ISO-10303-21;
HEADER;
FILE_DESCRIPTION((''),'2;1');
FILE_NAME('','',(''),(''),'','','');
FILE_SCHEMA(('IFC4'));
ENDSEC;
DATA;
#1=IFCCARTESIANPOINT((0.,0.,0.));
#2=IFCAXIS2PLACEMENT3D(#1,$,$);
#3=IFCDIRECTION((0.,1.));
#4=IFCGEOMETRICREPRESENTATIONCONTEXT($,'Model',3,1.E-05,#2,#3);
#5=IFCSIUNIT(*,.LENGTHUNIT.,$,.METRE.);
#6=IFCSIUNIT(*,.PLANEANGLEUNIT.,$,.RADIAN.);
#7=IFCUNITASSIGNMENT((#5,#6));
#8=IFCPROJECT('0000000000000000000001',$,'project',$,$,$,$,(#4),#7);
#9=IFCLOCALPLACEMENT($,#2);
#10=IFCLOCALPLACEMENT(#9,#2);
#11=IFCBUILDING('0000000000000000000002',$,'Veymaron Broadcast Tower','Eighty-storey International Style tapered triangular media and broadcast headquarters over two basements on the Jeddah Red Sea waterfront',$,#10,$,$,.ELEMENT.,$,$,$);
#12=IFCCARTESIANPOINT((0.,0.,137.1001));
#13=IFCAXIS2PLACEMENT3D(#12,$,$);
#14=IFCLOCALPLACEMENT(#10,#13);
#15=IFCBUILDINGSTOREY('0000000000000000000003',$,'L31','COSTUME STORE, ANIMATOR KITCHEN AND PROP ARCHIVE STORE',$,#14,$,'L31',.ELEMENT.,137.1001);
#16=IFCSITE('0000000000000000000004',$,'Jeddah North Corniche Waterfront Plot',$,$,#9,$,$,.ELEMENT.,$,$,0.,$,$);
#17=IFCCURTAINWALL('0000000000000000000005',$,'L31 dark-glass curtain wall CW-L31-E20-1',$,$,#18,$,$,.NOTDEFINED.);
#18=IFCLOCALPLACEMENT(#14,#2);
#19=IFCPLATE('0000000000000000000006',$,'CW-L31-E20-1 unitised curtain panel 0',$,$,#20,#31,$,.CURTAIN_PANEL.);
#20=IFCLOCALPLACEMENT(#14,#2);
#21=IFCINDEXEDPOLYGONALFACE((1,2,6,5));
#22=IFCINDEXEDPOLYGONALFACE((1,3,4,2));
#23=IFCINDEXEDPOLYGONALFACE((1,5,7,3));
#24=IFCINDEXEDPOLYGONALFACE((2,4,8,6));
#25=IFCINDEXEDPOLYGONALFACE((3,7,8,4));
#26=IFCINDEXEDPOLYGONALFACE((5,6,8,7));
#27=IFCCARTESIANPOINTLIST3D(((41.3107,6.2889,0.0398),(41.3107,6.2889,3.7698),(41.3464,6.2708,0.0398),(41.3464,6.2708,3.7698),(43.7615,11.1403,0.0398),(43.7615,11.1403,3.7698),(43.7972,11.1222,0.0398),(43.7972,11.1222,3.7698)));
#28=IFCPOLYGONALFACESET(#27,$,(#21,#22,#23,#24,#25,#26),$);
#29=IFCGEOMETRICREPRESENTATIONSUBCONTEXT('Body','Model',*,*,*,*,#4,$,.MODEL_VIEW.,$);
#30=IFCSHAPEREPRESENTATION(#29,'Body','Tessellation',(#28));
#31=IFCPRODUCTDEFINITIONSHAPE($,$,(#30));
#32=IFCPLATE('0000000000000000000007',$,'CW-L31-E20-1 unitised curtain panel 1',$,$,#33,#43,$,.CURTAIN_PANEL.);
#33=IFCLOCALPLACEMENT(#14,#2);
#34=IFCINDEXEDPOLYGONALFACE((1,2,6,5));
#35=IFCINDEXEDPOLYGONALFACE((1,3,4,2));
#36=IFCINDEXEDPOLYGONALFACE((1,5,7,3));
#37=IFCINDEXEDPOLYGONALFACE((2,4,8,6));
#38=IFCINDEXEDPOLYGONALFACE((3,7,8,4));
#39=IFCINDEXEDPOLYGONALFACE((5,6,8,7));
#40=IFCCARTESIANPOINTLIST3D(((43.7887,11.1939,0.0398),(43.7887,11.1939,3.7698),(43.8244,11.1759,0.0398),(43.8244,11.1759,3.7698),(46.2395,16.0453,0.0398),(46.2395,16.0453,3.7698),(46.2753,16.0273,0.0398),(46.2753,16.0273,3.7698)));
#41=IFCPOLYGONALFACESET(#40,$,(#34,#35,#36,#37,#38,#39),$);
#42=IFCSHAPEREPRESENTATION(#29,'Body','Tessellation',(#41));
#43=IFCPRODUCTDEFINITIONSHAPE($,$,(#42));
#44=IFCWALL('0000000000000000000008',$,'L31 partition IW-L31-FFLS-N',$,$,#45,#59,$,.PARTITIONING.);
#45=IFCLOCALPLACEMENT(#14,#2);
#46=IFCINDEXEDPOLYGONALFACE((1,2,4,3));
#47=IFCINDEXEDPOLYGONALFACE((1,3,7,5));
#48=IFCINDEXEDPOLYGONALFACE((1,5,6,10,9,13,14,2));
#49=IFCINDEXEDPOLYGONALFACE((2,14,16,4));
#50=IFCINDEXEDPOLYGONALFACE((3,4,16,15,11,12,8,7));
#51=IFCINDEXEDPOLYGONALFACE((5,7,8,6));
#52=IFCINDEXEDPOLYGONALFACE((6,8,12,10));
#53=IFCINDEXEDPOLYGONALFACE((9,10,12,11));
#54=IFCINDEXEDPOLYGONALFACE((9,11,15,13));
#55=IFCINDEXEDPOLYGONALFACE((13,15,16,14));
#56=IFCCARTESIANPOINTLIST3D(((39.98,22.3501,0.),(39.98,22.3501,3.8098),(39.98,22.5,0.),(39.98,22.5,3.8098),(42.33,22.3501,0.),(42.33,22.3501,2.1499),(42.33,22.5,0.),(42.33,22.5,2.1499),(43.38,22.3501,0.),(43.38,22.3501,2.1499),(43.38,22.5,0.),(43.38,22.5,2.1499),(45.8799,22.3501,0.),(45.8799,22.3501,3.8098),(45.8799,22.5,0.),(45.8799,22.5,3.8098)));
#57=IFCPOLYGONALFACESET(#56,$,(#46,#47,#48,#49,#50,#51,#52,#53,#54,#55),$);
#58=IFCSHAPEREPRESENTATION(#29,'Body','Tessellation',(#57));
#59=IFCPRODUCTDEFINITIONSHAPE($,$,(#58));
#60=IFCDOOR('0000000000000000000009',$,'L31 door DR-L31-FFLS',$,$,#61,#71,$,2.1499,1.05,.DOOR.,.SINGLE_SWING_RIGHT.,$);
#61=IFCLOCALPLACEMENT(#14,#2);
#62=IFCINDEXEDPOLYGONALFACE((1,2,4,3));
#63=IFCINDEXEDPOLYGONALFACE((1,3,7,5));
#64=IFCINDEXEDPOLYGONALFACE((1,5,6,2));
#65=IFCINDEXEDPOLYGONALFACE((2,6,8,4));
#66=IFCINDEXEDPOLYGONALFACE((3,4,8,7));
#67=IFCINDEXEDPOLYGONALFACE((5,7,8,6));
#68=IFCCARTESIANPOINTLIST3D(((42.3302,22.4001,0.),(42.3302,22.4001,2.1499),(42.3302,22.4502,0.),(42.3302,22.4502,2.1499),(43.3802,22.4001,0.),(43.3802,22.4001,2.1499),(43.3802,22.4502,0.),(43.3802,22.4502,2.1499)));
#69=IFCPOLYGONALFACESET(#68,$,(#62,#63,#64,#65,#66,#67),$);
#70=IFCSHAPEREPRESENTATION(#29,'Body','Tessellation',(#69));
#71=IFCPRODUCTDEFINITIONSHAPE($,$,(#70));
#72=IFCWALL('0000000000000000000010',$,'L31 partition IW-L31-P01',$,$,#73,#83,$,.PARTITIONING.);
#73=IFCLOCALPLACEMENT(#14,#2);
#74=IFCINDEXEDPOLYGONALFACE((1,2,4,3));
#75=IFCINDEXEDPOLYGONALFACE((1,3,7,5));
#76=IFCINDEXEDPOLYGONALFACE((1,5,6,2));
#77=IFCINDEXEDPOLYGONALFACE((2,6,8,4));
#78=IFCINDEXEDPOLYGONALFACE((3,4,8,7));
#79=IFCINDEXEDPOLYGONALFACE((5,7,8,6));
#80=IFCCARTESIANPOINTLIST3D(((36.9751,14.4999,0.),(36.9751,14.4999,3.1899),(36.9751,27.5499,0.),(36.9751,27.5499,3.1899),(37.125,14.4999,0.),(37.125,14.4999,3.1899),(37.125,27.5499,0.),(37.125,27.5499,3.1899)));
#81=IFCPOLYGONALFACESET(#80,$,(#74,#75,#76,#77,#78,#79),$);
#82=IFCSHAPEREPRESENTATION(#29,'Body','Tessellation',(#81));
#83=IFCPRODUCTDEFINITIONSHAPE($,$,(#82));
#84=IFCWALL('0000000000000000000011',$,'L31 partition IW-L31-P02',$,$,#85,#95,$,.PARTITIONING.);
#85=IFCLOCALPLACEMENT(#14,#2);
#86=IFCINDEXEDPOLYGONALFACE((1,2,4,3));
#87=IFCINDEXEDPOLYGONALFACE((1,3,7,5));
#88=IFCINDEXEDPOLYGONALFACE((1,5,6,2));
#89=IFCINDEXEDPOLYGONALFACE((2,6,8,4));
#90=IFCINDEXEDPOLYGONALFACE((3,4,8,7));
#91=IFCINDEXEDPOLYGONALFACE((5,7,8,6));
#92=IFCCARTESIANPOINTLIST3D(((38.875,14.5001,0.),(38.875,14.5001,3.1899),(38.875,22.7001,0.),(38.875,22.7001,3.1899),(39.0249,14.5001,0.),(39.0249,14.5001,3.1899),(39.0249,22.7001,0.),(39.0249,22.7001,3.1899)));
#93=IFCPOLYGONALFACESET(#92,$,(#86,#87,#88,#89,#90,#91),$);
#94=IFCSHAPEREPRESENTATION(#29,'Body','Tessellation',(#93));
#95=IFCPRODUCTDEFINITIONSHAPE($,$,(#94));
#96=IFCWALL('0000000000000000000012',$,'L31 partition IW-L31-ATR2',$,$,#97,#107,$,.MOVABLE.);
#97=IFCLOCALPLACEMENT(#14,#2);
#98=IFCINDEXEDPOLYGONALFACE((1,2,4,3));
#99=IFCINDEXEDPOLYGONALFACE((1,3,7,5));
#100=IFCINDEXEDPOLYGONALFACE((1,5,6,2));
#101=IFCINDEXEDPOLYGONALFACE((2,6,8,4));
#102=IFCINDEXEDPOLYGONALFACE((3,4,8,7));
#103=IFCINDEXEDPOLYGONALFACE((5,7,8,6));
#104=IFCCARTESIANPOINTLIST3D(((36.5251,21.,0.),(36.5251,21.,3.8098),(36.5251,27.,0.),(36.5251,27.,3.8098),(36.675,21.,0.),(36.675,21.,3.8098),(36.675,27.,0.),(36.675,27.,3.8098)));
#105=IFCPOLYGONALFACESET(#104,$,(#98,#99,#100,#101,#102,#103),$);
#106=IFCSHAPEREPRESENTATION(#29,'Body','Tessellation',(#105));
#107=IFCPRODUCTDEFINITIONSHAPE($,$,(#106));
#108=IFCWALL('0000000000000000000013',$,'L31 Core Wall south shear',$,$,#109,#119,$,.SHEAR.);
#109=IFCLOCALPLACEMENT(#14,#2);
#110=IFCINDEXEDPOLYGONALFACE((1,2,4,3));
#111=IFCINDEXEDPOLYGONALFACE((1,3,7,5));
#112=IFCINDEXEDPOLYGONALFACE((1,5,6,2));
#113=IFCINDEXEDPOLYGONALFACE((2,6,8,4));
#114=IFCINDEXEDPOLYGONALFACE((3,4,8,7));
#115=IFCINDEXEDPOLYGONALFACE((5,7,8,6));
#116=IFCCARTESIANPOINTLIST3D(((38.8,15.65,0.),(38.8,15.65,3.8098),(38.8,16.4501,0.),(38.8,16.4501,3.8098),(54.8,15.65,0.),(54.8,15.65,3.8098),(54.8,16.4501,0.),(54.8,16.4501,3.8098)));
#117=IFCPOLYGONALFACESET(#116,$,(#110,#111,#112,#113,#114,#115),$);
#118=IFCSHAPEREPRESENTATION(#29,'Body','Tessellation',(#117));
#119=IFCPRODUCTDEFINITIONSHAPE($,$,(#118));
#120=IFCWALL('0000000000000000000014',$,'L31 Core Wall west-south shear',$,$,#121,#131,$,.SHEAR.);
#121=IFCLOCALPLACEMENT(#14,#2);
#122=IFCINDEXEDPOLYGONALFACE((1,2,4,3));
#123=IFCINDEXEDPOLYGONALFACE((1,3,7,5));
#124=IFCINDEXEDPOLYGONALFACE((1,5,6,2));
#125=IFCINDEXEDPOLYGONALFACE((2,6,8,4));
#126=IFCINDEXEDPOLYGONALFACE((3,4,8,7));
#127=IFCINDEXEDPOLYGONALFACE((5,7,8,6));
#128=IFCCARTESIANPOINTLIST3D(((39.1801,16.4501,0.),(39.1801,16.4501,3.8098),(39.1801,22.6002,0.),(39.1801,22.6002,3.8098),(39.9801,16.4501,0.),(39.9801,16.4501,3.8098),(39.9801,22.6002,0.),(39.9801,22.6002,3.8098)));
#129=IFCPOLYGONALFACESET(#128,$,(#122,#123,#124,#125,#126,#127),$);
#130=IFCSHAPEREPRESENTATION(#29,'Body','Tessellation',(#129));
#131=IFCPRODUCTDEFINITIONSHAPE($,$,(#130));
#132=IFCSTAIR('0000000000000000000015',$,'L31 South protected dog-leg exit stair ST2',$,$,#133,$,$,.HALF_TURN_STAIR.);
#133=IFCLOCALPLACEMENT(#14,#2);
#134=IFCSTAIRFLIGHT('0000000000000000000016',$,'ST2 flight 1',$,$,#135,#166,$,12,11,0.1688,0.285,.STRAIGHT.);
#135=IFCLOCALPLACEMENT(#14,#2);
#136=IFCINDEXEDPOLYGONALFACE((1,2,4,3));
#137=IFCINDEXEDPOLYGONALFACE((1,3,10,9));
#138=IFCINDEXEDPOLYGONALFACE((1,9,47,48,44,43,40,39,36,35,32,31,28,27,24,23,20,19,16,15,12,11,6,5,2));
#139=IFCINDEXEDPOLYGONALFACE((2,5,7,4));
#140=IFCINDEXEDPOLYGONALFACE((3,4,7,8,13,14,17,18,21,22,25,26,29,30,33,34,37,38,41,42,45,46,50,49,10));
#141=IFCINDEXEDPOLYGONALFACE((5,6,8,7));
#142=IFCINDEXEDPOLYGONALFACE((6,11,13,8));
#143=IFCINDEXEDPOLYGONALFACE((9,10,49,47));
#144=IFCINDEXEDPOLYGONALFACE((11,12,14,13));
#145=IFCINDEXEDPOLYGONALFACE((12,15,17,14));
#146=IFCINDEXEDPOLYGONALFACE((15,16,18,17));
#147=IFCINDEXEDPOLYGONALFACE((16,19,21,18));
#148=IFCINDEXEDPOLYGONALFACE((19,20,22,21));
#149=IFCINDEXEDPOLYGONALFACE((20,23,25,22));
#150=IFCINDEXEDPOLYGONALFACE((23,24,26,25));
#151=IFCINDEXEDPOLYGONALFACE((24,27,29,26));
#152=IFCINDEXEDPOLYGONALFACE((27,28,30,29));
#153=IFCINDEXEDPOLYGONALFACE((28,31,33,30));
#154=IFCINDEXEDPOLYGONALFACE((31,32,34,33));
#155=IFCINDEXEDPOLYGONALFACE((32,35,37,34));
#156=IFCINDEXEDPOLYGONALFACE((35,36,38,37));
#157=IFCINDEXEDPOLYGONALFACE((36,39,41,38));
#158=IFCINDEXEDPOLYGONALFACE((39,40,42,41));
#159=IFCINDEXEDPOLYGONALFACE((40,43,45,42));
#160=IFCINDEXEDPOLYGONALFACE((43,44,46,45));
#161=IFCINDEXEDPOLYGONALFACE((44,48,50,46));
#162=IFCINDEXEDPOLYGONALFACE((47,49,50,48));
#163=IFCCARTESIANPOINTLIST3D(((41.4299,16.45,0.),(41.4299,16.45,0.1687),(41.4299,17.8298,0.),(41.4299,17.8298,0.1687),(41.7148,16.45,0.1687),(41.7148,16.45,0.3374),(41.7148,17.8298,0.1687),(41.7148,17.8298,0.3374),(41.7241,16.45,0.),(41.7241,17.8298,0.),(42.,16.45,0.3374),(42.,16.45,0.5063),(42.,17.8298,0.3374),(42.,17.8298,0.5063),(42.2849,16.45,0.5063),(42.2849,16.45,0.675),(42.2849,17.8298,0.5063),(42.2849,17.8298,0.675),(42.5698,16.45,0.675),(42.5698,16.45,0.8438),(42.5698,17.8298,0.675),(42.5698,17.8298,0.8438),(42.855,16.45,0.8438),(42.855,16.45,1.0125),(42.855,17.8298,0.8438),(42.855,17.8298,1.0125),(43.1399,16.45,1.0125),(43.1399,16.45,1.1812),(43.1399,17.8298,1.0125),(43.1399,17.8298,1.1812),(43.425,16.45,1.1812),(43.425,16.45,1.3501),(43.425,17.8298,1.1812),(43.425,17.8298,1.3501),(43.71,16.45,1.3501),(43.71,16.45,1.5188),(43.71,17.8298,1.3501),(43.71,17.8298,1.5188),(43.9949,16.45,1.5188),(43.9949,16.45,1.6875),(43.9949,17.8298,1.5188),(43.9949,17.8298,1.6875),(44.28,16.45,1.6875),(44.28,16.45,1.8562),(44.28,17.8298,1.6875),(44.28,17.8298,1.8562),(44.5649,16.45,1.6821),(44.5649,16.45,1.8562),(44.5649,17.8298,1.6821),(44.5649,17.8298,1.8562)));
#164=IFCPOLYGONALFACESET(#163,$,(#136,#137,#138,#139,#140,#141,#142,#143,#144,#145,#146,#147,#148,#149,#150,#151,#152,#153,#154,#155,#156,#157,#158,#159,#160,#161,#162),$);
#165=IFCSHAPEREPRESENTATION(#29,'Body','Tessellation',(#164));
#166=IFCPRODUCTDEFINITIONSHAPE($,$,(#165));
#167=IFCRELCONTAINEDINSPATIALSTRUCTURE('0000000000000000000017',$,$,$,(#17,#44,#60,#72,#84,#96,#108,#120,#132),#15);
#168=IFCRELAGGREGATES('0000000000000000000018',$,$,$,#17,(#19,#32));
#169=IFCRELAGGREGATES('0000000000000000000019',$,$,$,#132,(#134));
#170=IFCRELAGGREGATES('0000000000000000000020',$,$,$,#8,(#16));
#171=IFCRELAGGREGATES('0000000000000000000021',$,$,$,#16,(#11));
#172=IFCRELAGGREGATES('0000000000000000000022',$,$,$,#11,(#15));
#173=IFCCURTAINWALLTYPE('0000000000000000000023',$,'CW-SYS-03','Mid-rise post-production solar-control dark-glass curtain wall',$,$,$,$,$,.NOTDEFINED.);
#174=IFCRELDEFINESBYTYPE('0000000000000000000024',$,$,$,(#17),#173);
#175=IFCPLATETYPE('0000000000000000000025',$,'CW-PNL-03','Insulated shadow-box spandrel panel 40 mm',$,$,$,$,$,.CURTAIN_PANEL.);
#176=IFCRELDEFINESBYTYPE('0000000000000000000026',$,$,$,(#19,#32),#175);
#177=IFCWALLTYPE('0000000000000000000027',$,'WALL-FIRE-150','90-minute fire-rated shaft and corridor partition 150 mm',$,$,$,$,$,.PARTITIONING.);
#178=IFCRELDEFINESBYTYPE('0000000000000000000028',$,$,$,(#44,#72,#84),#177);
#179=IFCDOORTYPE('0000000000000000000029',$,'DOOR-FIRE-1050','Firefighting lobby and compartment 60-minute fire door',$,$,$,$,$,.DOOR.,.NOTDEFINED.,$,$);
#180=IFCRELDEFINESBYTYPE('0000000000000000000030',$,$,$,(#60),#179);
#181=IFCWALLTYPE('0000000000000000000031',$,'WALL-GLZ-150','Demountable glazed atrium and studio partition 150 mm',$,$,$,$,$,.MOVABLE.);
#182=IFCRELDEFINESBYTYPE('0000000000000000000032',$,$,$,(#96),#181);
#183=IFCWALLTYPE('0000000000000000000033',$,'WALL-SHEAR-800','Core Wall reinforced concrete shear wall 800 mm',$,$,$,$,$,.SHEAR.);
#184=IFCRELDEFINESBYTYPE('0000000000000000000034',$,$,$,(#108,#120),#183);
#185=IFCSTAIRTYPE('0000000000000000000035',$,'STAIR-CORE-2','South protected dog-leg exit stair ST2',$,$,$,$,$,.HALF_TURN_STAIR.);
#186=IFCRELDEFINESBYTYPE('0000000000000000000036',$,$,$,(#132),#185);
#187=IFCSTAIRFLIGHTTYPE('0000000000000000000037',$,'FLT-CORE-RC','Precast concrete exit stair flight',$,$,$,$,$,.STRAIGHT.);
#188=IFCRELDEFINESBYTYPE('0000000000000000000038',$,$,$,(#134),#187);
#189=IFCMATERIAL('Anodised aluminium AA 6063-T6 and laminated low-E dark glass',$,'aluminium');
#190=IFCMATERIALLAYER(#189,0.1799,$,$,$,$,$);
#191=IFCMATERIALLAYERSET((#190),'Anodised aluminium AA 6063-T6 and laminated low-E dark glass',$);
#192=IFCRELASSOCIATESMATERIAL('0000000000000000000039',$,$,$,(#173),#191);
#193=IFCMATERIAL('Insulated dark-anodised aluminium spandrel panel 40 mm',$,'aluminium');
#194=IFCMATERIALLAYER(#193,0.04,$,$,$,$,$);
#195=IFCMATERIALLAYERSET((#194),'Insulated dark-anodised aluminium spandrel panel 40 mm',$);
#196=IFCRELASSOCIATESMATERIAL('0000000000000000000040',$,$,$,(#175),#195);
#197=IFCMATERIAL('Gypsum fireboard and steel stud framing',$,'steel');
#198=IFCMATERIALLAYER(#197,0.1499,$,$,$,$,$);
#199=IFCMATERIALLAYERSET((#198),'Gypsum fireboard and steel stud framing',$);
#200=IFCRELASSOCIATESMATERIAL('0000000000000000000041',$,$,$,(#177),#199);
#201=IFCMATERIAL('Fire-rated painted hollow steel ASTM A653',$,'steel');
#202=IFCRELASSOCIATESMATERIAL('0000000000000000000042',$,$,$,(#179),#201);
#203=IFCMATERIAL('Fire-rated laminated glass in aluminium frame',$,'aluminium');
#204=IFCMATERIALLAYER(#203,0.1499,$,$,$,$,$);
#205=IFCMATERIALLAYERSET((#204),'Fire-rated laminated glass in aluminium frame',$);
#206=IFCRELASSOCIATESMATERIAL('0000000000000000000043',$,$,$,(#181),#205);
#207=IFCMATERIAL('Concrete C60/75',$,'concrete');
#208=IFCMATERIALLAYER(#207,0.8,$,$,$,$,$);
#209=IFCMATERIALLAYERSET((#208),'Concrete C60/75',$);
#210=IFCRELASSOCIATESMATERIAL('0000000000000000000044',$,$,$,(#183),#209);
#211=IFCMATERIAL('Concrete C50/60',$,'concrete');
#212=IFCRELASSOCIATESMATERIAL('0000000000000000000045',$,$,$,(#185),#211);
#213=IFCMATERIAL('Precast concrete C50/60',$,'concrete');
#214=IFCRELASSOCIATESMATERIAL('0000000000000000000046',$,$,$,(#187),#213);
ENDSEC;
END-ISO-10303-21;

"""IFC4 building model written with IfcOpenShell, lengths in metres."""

from ifc_helpers import new_model, si_unit, direction, frame, frame_2d, origin, origin_2d, place, context, subcontext, project, spatial, polyline, rectangle, outline, extrude, material, layer, layer_set, type_object, element, fill, aggregate, save


model = new_model("IFC4")

# Units and contexts
model_context = context("Model", 3, precision=1e-05, world=origin(), true_north=direction((0.0, 1.0)))
body_context = subcontext(model_context, "Body", "Model", "MODEL_VIEW")
ifc_project = project(units=[si_unit("LENGTHUNIT", "METRE"), si_unit("PLANEANGLEUNIT", "RADIAN")], contexts=[model_context])

# Site, building, storey
site_placement = place(None, origin())
site = spatial("IfcSite", under=ifc_project, at=site_placement, Name="Jeddah North Corniche Waterfront Plot", CompositionType="ELEMENT", RefElevation=0.0)
building_placement = place(site_placement, origin())
building = spatial("IfcBuilding", under=site, at=building_placement, Name="Veymaron Broadcast Tower", Description="Eighty-storey International Style tapered triangular media and broadcast headquarters over two basements on the Jeddah Red Sea waterfront", CompositionType="ELEMENT")
storey_placement = place(building_placement, frame((0.0, 0.0, 137.1001)))
storey = spatial("IfcBuildingStorey", under=building, at=storey_placement, Name="L31", Description="COSTUME STORE, ANIMATOR KITCHEN AND PROP ARCHIVE STORE", LongName="L31", CompositionType="ELEMENT", Elevation=137.1001)

# Curtain wall, plates
ifc_material_1 = material(Name="Anodised aluminium AA 6063-T6 and laminated low-E dark glass", Category="aluminium")
ifc_layer_1 = layer(ifc_material_1, 0.1799)
ifc_layer_set_1 = layer_set([ifc_layer_1], Name="Anodised aluminium AA 6063-T6 and laminated low-E dark glass")
curtain_wall_type = type_object("IfcCurtainWallType", Name="CW-SYS-03", Description="Mid-rise post-production solar-control dark-glass curtain wall", PredefinedType="NOTDEFINED", material=ifc_layer_set_1)
curtain_wall_placement = place(storey_placement, origin())
curtain_wall = element("IfcCurtainWall", 1, at=curtain_wall_placement, inside=storey, type_object=curtain_wall_type, Name="L31 dark-glass curtain wall CW-L31-E20-1", PredefinedType="NOTDEFINED")
ifc_material_2 = material(Name="Insulated dark-anodised aluminium spandrel panel 40 mm", Category="aluminium")
ifc_layer_2 = layer(ifc_material_2, 0.04)
ifc_layer_set_2 = layer_set([ifc_layer_2], Name="Insulated dark-anodised aluminium spandrel panel 40 mm")
plate_type = type_object("IfcPlateType", Name="CW-PNL-03", Description="Insulated shadow-box spandrel panel 40 mm", PredefinedType="CURTAIN_PANEL", material=ifc_layer_set_2)
plate_1_placement = place(storey_placement, frame((42.554, 8.7056, 0.0398), z_axis=(0.0, 0.0, 1.0), x_axis=(0.450909, 0.89257, 0.0)))
plate_1 = element("IfcPlate", 2, at=plate_1_placement, type_object=plate_type, Name="CW-L31-E20-1 unitised curtain panel 0", PredefinedType="CURTAIN_PANEL", context=body_context, shape_type="SweptSolid", body=[
    extrude(rectangle(XDim=5.4353, YDim=0.04, at=origin_2d()), origin(), (0.0, 0.0, 1.0), 3.73),
])
plate_2_placement = place(storey_placement, frame((45.032, 13.6106, 0.0398), z_axis=(0.0, 0.0, 1.0), x_axis=(0.450909, 0.89257, 0.0)))
plate_2 = element("IfcPlate", 3, at=plate_2_placement, type_object=plate_type, Name="CW-L31-E20-1 unitised curtain panel 1", PredefinedType="CURTAIN_PANEL", context=body_context, shape_type="SweptSolid", body=[
    extrude(rectangle(XDim=5.4353, YDim=0.04, at=origin_2d()), origin(), (0.0, 0.0, 1.0), 3.73),
])
aggregate(curtain_wall, [plate_1, plate_2])

# Wall, opening, door
ifc_material_3 = material(Name="Gypsum fireboard and steel stud framing", Category="steel")
ifc_layer_3 = layer(ifc_material_3, 0.1499)
ifc_layer_set_3 = layer_set([ifc_layer_3], Name="Gypsum fireboard and steel stud framing")
wall_type_1 = type_object("IfcWallType", Name="WALL-FIRE-150", Description="90-minute fire-rated shaft and corridor partition 150 mm", PredefinedType="PARTITIONING", material=ifc_layer_set_3)
wall_1_placement = place(storey_placement, frame((39.98, 22.425, 0.0), z_axis=(0.0, 0.0, 1.0), x_axis=(1.0, 0.0, 0.0)))
wall_1 = element("IfcWall", 4, at=wall_1_placement, inside=storey, type_object=wall_type_1, Name="L31 partition IW-L31-FFLS-N", PredefinedType="PARTITIONING", context=body_context, shape_type="SweptSolid", body=[
    extrude(rectangle(XDim=5.8999, YDim=0.1499, at=frame_2d((2.95, 0.0))), origin(), (0.0, 0.0, 1.0), 3.8098),
])
opening_1_placement = place(wall_1_placement, frame((2.3501, 0.0, 0.0)))
opening_1 = element("IfcOpeningElement", 5, at=opening_1_placement, cuts=wall_1, PredefinedType="OPENING", context=body_context, shape_type="SweptSolid", body=[
    extrude(rectangle(XDim=1.05, YDim=2.1499, at=frame_2d((0.5249, 1.075))), frame((0.0, 0.085, 0.0), z_axis=(0.0, -1.0, 0.0), x_axis=(1.0, 0.0, 0.0)), (0.0, 0.0, 1.0), 0.1699),
])
ifc_material_4 = material(Name="Fire-rated painted hollow steel ASTM A653", Category="steel")
door_type_1 = type_object("IfcDoorType", Name="DOOR-FIRE-1050", Description="Firefighting lobby and compartment 60-minute fire door", OperationType="NOTDEFINED", PredefinedType="DOOR", material=ifc_material_4)
door_1_placement = place(opening_1_placement, frame((1.05, 0.0, 0.0), z_axis=(0.0, 0.0, 1.0), x_axis=(-1.0, 0.0, 0.0)))
door_1 = element("IfcDoor", 6, at=door_1_placement, inside=storey, type_object=door_type_1, Name="L31 door DR-L31-FFLS", OperationType="SINGLE_SWING_RIGHT", OverallHeight=2.1499, OverallWidth=1.05, PredefinedType="DOOR", context=body_context, shape_type="SweptSolid", body=[
    extrude(rectangle(XDim=1.05, YDim=2.1499, at=frame_2d((0.5249, 1.075))), frame((0.0, 0.0249, 0.0), z_axis=(0.0, -1.0, 0.0), x_axis=(1.0, 0.0, 0.0)), (0.0, 0.0, 1.0), 0.05),
])
fill(opening_1, door_1)

# Walls
wall_2_placement = place(storey_placement, frame((37.05, 14.5, 0.0), z_axis=(0.0, 0.0, 1.0), x_axis=(0.0, 1.0, 0.0)))
element("IfcWall", 7, at=wall_2_placement, inside=storey, type_object=wall_type_1, Name="L31 partition IW-L31-P01", PredefinedType="PARTITIONING", context=body_context, shape_type="SweptSolid", body=[
    extrude(rectangle(XDim=13.05, YDim=0.1499, at=frame_2d((6.5249, 0.0))), origin(), (0.0, 0.0, 1.0), 3.1899),
])
wall_3_placement = place(storey_placement, frame((38.95, 14.5, 0.0), z_axis=(0.0, 0.0, 1.0), x_axis=(0.0, 1.0, 0.0)))
element("IfcWall", 8, at=wall_3_placement, inside=storey, type_object=wall_type_1, Name="L31 partition IW-L31-P02", PredefinedType="PARTITIONING", context=body_context, shape_type="SweptSolid", body=[
    extrude(rectangle(XDim=8.2, YDim=0.1499, at=frame_2d((4.1001, 0.0))), origin(), (0.0, 0.0, 1.0), 3.1899),
])
ifc_material_5 = material(Name="Fire-rated laminated glass in aluminium frame", Category="aluminium")
ifc_layer_4 = layer(ifc_material_5, 0.1499)
ifc_layer_set_4 = layer_set([ifc_layer_4], Name="Fire-rated laminated glass in aluminium frame")
wall_type_2 = type_object("IfcWallType", Name="WALL-GLZ-150", Description="Demountable glazed atrium and studio partition 150 mm", PredefinedType="MOVABLE", material=ifc_layer_set_4)
wall_4_placement = place(storey_placement, frame((36.6001, 21.0, 0.0), z_axis=(0.0, 0.0, 1.0), x_axis=(0.0, 1.0, 0.0)))
element("IfcWall", 9, at=wall_4_placement, inside=storey, type_object=wall_type_2, Name="L31 partition IW-L31-ATR2", PredefinedType="MOVABLE", context=body_context, shape_type="SweptSolid", body=[
    extrude(rectangle(XDim=6.0, YDim=0.1499, at=frame_2d((3.0, 0.0))), origin(), (0.0, 0.0, 1.0), 3.8098),
])

# Shared definitions
ifc_material_6 = material(Name="Concrete C50/60", Category="concrete")

# Walls
ifc_material_7 = material(Name="Concrete C60/75", Category="concrete")
ifc_layer_5 = layer(ifc_material_7, 0.8)
ifc_layer_set_5 = layer_set([ifc_layer_5], Name="Concrete C60/75")
wall_type_3 = type_object("IfcWallType", Name="WALL-SHEAR-800", Description="Core Wall reinforced concrete shear wall 800 mm", PredefinedType="SHEAR", material=ifc_layer_set_5)
wall_5_placement = place(storey_placement, frame((38.8, 16.05, 0.0), z_axis=(0.0, 0.0, 1.0), x_axis=(1.0, 0.0, 0.0)))
element("IfcWall", 10, at=wall_5_placement, inside=storey, type_object=wall_type_3, Name="L31 Core Wall south shear", PredefinedType="SHEAR", context=body_context, shape_type="SweptSolid", body=[
    extrude(rectangle(XDim=16.0, YDim=0.8, at=frame_2d((8.0, 0.0))), origin(), (0.0, 0.0, 1.0), 3.8098),
])
wall_6_placement = place(storey_placement, frame((39.5801, 16.45, 0.0), z_axis=(0.0, 0.0, 1.0), x_axis=(0.0, 1.0, 0.0)))
element("IfcWall", 11, at=wall_6_placement, inside=storey, type_object=wall_type_3, Name="L31 Core Wall west-south shear", PredefinedType="SHEAR", context=body_context, shape_type="SweptSolid", body=[
    extrude(rectangle(XDim=6.1501, YDim=0.8, at=frame_2d((3.0752, 0.0))), origin(), (0.0, 0.0, 1.0), 3.8098),
])

# Stair, stair flight
stair_type = type_object("IfcStairType", Name="STAIR-CORE-2", Description="South protected dog-leg exit stair ST2", PredefinedType="HALF_TURN_STAIR", material=ifc_material_6)
stair_placement = place(storey_placement, origin())
stair = element("IfcStair", 12, at=stair_placement, inside=storey, type_object=stair_type, Name="L31 South protected dog-leg exit stair ST2", PredefinedType="HALF_TURN_STAIR")
ifc_material_8 = material(Name="Precast concrete C50/60", Category="concrete")
stair_flight_type = type_object("IfcStairFlightType", Name="FLT-CORE-RC", Description="Precast concrete exit stair flight", PredefinedType="STRAIGHT", material=ifc_material_8)
stair_flight_1_placement = place(storey_placement, frame((41.4299, 17.1399, 0.0), z_axis=(0.0, 0.0, 1.0), x_axis=(1.0, 0.0, 0.0)))
stair_flight_1 = element("IfcStairFlight", 13, at=stair_flight_1_placement, type_object=stair_flight_type, Name="ST2 flight 1", NumberOfRisers=12, NumberOfTreads=11, PredefinedType="STRAIGHT", RiserHeight=0.1688, TreadLength=0.285, context=body_context, shape_type="SweptSolid", body=[
    extrude(outline(polyline([(0.0, 0.0), (0.0, 0.1687), (0.2849, 0.1687), (0.2849, 0.3374), (0.5701, 0.3374), (0.5701, 0.5063), (0.855, 0.5063), (0.855, 0.675), (1.1399, 0.675), (1.1399, 0.8438), (1.425, 0.8438), (1.425, 1.0125), (1.71, 1.0125), (1.71, 1.1812), (1.9951, 1.1812), (1.9951, 1.3501), (2.28, 1.3501), (2.28, 1.5188), (2.5649, 1.5188), (2.5649, 1.6875), (2.8501, 1.6875), (2.8501, 1.8562), (3.135, 1.8562), (3.135, 2.0249), (3.135, 1.6821), (0.2942, 0.0), (0.0, 0.0)])), frame((0.0, 0.6899, 0.0), z_axis=(0.0, -1.0, 0.0), x_axis=(1.0, 0.0, 0.0)), (0.0, 0.0, 1.0), 1.3799),
])
aggregate(stair, [stair_flight_1])

save(model, "model.ifc")
